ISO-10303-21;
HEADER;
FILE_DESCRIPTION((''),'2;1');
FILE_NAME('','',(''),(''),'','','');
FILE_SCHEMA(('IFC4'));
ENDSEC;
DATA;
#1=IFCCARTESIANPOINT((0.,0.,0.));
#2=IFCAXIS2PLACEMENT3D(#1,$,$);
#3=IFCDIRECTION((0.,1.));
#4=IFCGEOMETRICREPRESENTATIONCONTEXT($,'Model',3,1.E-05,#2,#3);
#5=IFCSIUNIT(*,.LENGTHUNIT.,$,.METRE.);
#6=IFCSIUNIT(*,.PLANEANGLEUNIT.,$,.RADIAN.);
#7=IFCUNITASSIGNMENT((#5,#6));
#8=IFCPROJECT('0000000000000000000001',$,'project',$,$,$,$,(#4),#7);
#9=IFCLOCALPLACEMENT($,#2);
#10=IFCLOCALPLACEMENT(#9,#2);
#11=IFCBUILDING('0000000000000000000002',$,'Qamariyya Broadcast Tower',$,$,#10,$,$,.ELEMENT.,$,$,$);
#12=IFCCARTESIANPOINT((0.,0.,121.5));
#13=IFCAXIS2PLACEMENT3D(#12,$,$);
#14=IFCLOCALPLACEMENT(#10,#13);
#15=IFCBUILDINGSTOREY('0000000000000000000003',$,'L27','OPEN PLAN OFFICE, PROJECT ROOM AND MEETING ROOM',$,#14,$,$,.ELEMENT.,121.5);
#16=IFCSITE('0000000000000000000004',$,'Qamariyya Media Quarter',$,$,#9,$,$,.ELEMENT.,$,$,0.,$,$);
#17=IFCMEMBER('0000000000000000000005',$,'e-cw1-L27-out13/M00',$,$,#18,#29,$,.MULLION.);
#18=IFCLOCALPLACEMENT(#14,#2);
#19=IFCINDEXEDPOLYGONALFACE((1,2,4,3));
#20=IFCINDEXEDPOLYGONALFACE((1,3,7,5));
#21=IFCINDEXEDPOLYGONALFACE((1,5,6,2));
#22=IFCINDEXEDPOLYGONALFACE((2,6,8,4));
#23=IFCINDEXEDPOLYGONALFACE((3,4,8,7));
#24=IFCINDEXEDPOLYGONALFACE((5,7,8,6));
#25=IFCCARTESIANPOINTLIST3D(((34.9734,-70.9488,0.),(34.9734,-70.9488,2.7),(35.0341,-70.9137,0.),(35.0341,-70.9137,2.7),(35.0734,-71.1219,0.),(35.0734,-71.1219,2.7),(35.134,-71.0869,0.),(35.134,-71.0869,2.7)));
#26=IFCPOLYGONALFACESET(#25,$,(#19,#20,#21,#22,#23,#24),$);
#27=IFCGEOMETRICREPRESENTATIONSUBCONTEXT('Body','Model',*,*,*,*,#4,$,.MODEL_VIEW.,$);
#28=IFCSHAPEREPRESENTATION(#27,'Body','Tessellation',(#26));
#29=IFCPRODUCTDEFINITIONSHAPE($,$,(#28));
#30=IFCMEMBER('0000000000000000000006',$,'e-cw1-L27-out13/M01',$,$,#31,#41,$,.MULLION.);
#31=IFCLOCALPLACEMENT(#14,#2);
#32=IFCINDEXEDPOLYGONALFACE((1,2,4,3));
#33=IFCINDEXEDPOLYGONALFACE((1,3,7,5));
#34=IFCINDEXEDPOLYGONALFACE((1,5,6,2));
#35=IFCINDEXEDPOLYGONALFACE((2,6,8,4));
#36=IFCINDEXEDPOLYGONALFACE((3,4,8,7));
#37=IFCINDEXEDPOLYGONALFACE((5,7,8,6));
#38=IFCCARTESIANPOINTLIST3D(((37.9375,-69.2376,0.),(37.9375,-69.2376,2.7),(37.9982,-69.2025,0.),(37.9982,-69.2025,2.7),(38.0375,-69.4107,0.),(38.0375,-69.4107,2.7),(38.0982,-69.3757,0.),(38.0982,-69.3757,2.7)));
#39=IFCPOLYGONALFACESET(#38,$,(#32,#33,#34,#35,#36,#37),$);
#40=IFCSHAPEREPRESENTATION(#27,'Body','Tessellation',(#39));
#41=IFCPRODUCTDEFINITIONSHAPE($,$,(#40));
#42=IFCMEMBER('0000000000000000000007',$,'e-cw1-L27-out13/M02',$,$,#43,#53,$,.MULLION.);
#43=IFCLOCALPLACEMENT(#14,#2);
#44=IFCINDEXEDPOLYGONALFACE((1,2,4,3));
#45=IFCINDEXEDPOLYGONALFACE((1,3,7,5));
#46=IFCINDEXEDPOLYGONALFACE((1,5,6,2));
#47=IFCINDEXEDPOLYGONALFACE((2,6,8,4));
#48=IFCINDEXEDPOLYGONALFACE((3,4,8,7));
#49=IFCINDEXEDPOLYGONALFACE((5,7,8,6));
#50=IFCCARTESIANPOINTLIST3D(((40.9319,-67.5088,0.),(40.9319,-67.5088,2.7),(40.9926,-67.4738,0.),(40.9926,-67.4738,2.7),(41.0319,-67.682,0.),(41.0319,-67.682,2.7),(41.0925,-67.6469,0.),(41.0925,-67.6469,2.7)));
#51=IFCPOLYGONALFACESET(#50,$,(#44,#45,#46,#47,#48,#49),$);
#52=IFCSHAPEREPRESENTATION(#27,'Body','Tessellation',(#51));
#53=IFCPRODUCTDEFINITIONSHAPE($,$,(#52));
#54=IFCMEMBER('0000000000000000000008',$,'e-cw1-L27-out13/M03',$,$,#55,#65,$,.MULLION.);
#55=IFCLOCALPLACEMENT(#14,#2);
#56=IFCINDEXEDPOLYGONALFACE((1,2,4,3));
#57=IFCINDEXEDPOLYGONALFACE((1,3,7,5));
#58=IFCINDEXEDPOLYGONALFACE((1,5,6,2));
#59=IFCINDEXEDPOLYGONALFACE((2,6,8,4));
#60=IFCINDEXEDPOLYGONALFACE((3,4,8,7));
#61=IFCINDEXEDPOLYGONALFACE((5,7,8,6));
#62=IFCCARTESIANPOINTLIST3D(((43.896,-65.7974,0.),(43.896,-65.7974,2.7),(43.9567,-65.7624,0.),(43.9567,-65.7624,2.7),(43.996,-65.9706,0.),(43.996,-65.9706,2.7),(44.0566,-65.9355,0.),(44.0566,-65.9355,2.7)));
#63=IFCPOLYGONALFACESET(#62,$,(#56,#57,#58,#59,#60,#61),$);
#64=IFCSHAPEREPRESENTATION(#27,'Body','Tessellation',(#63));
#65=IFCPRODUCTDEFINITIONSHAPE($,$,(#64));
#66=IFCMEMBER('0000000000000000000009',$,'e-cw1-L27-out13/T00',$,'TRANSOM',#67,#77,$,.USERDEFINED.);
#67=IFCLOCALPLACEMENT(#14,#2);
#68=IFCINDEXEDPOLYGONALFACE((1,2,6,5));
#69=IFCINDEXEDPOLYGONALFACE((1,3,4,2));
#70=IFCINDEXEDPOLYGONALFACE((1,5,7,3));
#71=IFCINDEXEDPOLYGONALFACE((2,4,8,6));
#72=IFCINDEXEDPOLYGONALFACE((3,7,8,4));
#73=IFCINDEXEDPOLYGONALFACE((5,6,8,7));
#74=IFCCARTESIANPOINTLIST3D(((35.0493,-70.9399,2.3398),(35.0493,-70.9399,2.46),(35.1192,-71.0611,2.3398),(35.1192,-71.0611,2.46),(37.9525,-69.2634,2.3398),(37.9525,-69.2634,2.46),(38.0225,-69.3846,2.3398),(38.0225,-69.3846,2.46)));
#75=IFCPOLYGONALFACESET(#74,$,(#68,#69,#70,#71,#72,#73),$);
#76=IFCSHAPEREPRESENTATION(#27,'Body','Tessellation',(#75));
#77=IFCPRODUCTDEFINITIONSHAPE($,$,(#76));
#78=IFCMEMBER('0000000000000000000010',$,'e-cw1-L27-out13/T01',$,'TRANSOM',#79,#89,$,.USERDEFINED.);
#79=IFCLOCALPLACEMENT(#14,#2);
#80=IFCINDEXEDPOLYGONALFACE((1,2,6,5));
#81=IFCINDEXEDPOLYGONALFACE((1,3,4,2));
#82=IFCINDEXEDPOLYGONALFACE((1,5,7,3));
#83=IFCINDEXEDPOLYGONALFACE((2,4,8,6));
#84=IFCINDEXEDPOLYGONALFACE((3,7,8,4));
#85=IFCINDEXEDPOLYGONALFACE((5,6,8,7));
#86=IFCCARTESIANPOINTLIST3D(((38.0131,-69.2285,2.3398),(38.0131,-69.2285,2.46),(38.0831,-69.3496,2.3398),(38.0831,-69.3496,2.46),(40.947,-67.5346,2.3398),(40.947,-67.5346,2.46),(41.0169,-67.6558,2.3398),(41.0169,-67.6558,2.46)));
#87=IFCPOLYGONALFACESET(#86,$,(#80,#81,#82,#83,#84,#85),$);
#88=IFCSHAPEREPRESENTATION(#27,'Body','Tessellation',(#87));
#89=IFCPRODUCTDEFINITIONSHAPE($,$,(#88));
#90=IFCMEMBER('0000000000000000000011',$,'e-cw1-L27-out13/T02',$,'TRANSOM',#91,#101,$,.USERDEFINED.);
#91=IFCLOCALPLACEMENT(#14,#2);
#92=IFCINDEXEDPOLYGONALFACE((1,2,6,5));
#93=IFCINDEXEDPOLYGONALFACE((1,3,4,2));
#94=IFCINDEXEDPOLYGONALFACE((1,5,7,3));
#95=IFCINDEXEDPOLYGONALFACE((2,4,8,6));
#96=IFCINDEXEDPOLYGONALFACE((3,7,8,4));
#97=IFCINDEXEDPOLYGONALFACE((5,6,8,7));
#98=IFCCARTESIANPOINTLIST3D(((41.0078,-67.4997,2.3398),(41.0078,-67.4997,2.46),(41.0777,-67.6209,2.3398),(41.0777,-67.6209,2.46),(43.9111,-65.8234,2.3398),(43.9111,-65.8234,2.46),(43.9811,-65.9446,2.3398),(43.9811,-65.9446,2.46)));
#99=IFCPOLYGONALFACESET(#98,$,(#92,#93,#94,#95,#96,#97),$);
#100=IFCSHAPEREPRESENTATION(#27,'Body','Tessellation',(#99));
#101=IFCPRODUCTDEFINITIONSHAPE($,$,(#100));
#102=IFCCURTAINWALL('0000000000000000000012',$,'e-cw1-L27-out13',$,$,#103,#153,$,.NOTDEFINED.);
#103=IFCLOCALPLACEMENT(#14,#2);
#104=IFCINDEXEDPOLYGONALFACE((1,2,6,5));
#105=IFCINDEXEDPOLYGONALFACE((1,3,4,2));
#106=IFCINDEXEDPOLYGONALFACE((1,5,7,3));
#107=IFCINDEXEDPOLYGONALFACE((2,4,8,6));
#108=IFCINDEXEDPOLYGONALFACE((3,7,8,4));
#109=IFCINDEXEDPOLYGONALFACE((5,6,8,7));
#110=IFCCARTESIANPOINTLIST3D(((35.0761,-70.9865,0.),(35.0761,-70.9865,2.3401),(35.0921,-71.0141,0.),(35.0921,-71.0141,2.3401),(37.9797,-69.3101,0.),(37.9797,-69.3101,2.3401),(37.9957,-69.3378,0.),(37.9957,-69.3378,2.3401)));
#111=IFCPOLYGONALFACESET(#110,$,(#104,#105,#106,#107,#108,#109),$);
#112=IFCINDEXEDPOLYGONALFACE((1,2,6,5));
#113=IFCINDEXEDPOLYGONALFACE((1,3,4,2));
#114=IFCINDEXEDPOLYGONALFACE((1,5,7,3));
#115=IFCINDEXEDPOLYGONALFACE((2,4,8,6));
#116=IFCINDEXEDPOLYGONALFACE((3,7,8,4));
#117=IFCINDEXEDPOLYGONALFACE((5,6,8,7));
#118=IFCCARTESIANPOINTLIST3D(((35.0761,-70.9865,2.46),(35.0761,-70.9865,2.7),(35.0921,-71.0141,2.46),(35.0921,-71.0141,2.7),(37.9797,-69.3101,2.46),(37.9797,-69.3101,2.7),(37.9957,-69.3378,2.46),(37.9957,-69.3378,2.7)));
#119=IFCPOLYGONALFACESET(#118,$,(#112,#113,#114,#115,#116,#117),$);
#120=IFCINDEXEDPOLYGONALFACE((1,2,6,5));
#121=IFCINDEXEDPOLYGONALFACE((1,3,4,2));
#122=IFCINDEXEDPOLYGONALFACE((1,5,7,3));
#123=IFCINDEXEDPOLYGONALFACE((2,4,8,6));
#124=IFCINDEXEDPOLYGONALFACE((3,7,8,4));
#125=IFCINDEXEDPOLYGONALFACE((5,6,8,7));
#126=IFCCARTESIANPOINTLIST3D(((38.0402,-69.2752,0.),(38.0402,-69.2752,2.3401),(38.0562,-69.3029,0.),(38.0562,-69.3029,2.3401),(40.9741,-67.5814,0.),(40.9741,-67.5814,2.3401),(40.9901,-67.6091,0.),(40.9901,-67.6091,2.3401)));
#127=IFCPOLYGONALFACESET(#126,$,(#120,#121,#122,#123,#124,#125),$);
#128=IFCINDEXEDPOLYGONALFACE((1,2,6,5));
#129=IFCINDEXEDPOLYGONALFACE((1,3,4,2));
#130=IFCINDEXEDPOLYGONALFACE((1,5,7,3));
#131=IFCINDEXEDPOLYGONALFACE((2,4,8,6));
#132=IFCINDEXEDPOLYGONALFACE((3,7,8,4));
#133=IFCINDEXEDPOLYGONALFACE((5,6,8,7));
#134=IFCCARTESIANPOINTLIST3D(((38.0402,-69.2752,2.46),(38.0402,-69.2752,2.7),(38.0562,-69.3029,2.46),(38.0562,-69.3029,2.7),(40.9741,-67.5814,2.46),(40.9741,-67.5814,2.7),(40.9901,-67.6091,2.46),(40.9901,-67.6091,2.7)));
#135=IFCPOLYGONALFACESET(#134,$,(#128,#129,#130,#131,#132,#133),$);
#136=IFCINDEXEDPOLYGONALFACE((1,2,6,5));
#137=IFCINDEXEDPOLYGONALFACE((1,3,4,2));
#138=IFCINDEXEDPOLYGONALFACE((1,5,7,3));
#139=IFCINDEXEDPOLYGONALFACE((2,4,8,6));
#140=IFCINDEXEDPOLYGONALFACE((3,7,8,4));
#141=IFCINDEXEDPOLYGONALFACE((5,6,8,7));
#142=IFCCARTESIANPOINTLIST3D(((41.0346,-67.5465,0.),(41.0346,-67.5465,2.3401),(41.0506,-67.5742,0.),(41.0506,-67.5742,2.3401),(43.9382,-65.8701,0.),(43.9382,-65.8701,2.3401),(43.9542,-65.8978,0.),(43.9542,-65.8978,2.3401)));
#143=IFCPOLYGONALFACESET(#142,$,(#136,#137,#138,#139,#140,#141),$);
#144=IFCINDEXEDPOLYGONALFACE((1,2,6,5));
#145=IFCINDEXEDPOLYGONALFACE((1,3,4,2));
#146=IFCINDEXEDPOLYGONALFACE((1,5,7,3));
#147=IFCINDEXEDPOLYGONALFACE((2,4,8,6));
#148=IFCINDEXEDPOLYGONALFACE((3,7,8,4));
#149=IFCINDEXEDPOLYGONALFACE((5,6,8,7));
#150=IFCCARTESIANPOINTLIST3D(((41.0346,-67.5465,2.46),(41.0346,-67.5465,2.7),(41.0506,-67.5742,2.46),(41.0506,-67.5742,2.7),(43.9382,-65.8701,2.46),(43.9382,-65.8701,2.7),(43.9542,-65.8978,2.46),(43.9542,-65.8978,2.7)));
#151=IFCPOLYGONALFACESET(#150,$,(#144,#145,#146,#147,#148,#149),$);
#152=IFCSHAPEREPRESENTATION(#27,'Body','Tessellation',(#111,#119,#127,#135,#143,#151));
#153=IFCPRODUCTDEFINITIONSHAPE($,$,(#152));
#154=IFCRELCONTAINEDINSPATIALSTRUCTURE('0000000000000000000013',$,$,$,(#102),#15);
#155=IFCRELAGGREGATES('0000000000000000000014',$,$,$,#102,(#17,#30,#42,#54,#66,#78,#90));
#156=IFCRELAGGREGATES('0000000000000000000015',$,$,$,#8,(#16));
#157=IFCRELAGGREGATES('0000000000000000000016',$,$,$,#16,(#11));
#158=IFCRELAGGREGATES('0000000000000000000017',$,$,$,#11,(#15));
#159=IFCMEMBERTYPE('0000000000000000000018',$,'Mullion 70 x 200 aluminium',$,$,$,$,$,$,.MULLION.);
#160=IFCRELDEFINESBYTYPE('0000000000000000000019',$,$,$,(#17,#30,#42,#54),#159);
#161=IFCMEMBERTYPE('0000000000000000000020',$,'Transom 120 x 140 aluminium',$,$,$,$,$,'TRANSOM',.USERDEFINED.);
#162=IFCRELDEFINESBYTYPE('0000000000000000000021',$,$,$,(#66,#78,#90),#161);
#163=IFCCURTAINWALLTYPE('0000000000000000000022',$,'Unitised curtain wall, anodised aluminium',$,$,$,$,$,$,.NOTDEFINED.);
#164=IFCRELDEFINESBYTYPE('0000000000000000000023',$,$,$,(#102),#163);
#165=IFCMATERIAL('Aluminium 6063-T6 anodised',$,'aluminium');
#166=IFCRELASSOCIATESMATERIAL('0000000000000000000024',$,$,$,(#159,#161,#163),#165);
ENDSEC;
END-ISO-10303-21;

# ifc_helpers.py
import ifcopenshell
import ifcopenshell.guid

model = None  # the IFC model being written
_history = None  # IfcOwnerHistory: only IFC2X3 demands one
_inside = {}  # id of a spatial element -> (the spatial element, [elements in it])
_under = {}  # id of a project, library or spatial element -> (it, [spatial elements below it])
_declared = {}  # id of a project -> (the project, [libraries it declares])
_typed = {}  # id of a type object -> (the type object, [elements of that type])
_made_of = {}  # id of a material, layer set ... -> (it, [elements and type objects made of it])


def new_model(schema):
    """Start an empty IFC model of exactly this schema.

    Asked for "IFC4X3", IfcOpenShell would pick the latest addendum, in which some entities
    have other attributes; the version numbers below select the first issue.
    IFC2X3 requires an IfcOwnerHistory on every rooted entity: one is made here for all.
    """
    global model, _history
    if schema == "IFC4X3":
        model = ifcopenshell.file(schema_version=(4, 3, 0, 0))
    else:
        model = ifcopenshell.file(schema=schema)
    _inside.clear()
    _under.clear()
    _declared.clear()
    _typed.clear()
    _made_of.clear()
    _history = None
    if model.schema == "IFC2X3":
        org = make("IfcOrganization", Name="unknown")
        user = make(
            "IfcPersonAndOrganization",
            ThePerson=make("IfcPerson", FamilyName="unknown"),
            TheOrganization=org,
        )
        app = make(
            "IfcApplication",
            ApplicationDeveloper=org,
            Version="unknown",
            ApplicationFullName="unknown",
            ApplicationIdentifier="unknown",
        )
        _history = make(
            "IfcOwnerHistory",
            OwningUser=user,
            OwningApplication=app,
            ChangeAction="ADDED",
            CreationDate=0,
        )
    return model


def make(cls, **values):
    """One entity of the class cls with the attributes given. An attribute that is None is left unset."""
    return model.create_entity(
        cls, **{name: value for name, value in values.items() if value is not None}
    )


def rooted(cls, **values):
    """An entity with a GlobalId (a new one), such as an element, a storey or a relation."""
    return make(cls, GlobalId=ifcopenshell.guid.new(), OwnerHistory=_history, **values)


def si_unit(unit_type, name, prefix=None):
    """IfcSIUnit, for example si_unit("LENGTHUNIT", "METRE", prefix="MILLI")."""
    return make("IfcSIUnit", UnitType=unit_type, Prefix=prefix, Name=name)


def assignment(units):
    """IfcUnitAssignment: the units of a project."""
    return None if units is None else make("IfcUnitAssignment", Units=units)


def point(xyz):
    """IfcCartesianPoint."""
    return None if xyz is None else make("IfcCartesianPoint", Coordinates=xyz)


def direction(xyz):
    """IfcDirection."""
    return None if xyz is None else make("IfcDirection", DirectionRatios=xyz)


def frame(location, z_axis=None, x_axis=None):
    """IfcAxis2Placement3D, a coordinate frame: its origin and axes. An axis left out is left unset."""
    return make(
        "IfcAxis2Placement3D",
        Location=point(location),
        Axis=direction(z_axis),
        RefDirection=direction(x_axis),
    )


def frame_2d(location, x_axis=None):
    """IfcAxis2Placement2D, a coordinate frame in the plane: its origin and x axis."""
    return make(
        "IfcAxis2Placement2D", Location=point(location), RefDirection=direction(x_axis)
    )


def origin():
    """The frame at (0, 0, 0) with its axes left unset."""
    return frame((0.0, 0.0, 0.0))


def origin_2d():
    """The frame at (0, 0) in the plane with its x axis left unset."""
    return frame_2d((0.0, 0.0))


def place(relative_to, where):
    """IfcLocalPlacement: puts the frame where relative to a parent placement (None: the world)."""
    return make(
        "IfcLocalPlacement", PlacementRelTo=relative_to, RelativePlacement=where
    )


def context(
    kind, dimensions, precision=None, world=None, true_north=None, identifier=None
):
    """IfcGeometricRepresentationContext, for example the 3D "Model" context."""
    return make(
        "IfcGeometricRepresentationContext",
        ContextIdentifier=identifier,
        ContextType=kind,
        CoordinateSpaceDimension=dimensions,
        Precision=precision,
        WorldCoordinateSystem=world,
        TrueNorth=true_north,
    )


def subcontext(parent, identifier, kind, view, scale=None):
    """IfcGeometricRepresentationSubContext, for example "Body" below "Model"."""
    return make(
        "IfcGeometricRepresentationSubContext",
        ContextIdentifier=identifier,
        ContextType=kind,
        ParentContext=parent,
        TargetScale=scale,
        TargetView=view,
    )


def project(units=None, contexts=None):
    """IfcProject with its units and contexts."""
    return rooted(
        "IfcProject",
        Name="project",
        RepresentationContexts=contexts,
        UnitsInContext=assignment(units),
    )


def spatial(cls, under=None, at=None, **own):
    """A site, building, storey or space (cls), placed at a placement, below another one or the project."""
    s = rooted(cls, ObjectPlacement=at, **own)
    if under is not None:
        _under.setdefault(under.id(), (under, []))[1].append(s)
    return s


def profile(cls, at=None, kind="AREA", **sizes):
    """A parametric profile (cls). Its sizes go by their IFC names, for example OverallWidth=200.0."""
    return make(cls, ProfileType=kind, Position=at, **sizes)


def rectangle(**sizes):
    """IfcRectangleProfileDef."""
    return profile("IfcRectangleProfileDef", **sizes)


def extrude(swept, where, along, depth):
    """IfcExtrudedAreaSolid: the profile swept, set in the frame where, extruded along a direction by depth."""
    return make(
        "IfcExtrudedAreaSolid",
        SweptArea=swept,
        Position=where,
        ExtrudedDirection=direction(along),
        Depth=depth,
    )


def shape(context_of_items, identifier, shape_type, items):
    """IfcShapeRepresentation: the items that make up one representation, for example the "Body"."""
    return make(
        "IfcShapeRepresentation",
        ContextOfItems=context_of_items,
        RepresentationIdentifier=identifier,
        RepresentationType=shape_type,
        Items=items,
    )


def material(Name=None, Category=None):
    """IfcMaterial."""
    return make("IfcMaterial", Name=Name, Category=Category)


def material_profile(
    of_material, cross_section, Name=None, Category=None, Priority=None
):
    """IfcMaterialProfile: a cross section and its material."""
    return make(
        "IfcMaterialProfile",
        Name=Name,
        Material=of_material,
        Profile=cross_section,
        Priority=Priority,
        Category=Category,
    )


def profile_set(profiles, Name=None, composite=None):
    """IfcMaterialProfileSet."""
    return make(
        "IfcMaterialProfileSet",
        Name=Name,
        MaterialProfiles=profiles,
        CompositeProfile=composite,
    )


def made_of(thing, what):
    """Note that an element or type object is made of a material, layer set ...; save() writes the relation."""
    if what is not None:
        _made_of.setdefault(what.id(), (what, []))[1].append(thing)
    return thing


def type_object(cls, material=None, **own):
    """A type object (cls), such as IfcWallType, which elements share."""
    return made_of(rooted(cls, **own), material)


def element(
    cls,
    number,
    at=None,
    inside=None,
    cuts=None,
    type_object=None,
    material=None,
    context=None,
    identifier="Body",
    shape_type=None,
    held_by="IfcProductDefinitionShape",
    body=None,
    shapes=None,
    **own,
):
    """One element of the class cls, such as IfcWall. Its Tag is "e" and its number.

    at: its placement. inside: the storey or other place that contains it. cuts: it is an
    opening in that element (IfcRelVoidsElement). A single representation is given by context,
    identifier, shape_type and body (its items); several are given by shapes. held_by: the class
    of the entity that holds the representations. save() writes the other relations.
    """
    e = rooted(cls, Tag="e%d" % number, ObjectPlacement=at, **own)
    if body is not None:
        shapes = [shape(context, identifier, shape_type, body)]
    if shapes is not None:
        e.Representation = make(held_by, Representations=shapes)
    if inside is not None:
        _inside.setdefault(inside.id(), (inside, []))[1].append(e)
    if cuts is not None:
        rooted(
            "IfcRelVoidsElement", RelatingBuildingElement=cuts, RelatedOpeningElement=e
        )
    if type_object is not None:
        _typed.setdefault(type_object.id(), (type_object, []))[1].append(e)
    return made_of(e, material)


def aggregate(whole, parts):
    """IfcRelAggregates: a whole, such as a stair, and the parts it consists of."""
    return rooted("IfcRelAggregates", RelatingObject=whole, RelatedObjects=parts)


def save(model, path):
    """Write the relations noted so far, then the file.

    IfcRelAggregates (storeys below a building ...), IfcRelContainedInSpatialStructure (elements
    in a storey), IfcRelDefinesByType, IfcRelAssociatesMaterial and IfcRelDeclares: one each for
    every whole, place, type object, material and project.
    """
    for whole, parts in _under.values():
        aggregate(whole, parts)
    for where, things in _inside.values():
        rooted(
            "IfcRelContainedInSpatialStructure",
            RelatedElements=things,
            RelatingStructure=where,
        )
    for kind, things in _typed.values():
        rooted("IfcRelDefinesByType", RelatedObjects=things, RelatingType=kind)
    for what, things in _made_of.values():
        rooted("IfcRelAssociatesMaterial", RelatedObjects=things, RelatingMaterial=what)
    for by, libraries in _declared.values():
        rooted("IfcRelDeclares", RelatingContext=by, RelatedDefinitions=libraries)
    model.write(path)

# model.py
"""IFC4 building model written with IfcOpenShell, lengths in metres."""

from ifc_helpers import new_model, si_unit, direction, frame, origin, origin_2d, place, context, subcontext, project, spatial, rectangle, extrude, material, material_profile, profile_set, type_object, element, aggregate, save


model = new_model("IFC4")

# Units and contexts
model_context = context("Model", 3, precision=1e-05, world=origin(), true_north=direction((0.0, 1.0)))
body_context = subcontext(model_context, "Body", "Model", "MODEL_VIEW")
ifc_project = project(units=[si_unit("LENGTHUNIT", "METRE"), si_unit("PLANEANGLEUNIT", "RADIAN")], contexts=[model_context])

# Members
ifc_material_1 = material(Name="Aluminium 6063-T6 anodised", Category="aluminium")
ifc_material_profile_1 = material_profile(ifc_material_1, rectangle(XDim=0.2, YDim=0.0701, at=origin_2d()))
ifc_profile_set_1 = profile_set([ifc_material_profile_1], Name="Aluminium 6063-T6 anodised")
member_type_1 = type_object("IfcMemberType", Name="Mullion 70 x 200 aluminium", PredefinedType="MULLION", material=ifc_profile_set_1)
site_placement = place(None, origin())
building_placement = place(site_placement, origin())
storey_placement = place(building_placement, frame((0.0, 0.0, 121.5)))
member_1_placement = place(storey_placement, frame((35.0537, -71.0178, 0.0), z_axis=(0.0, 0.0, 1.0), x_axis=(-0.5, 0.866025, 0.0)))
member_1 = element("IfcMember", 1, at=member_1_placement, type_object=member_type_1, Name="e-cw1-L27-out13/M00", PredefinedType="MULLION", context=body_context, shape_type="SweptSolid", body=[
    extrude(rectangle(XDim=0.2, YDim=0.0701, at=origin_2d()), origin(), (0.0, 0.0, 1.0), 2.7),
])
member_2_placement = place(storey_placement, frame((38.0178, -69.3066, 0.0), z_axis=(0.0, 0.0, 1.0), x_axis=(-0.5, 0.866025, 0.0)))
member_2 = element("IfcMember", 2, at=member_2_placement, type_object=member_type_1, Name="e-cw1-L27-out13/M01", PredefinedType="MULLION", context=body_context, shape_type="SweptSolid", body=[
    extrude(rectangle(XDim=0.2, YDim=0.0701, at=origin_2d()), origin(), (0.0, 0.0, 1.0), 2.7),
])
member_3_placement = place(storey_placement, frame((41.0122, -67.5779, 0.0), z_axis=(0.0, 0.0, 1.0), x_axis=(-0.5, 0.866025, 0.0)))
member_3 = element("IfcMember", 3, at=member_3_placement, type_object=member_type_1, Name="e-cw1-L27-out13/M02", PredefinedType="MULLION", context=body_context, shape_type="SweptSolid", body=[
    extrude(rectangle(XDim=0.2, YDim=0.0701, at=origin_2d()), origin(), (0.0, 0.0, 1.0), 2.7),
])
member_4_placement = place(storey_placement, frame((43.9763, -65.8665, 0.0), z_axis=(0.0, 0.0, 1.0), x_axis=(-0.5, 0.866025, 0.0)))
member_4 = element("IfcMember", 4, at=member_4_placement, type_object=member_type_1, Name="e-cw1-L27-out13/M03", PredefinedType="MULLION", context=body_context, shape_type="SweptSolid", body=[
    extrude(rectangle(XDim=0.2, YDim=0.0701, at=origin_2d()), origin(), (0.0, 0.0, 1.0), 2.7),
])
ifc_material_profile_2 = material_profile(ifc_material_1, rectangle(XDim=0.1399, YDim=0.1201, at=origin_2d()))
ifc_profile_set_2 = profile_set([ifc_material_profile_2], Name="Aluminium 6063-T6 anodised")
member_type_2 = type_object("IfcMemberType", Name="Transom 120 x 140 aluminium", ElementType="TRANSOM", PredefinedType="USERDEFINED", material=ifc_profile_set_2)
member_5_placement = place(storey_placement, frame((35.0842, -71.0005, 2.3999), z_axis=(0.865989, 0.500063, 0.0), x_axis=(-0.500063, 0.865989, 0.0)))
member_5 = element("IfcMember", 5, at=member_5_placement, type_object=member_type_2, Name="e-cw1-L27-out13/T00", ObjectType="TRANSOM", PredefinedType="USERDEFINED", context=body_context, shape_type="SweptSolid", body=[
    extrude(rectangle(XDim=0.1399, YDim=0.1201, at=origin_2d()), origin(), (0.0, 0.0, 1.0), 3.3525),
])
member_6_placement = place(storey_placement, frame((38.0481, -69.2891, 2.3999), z_axis=(0.866026, 0.499999, 0.0), x_axis=(-0.499999, 0.866026, 0.0)))
member_6 = element("IfcMember", 6, at=member_6_placement, type_object=member_type_2, Name="e-cw1-L27-out13/T01", ObjectType="TRANSOM", PredefinedType="USERDEFINED", context=body_context, shape_type="SweptSolid", body=[
    extrude(rectangle(XDim=0.1399, YDim=0.1201, at=origin_2d()), origin(), (0.0, 0.0, 1.0), 3.3877),
])
member_7_placement = place(storey_placement, frame((41.0427, -67.5603, 2.3999), z_axis=(0.866021, 0.500008, 0.0), x_axis=(-0.500008, 0.866021, 0.0)))
member_7 = element("IfcMember", 7, at=member_7_placement, type_object=member_type_2, Name="e-cw1-L27-out13/T02", ObjectType="TRANSOM", PredefinedType="USERDEFINED", context=body_context, shape_type="SweptSolid", body=[
    extrude(rectangle(XDim=0.1399, YDim=0.1201, at=origin_2d()), origin(), (0.0, 0.0, 1.0), 3.3525),
])

# Site, building, storey
site = spatial("IfcSite", under=ifc_project, at=site_placement, Name="Qamariyya Media Quarter", CompositionType="ELEMENT", RefElevation=0.0)
building = spatial("IfcBuilding", under=site, at=building_placement, Name="Qamariyya Broadcast Tower", CompositionType="ELEMENT")
storey = spatial("IfcBuildingStorey", under=building, at=storey_placement, Name="L27", Description="OPEN PLAN OFFICE, PROJECT ROOM AND MEETING ROOM", CompositionType="ELEMENT", Elevation=121.5)

# Curtain wall
curtain_wall_type = type_object("IfcCurtainWallType", Name="Unitised curtain wall, anodised aluminium", PredefinedType="NOTDEFINED", material=ifc_material_1)
curtain_wall_1_placement = place(storey_placement, origin())
curtain_wall_1 = element("IfcCurtainWall", 8, at=curtain_wall_1_placement, inside=storey, type_object=curtain_wall_type, Name="e-cw1-L27-out13", PredefinedType="NOTDEFINED", context=body_context, shape_type="SweptSolid", body=[
    extrude(rectangle(XDim=3.3528, YDim=0.032, at=origin_2d()), frame((36.5359, -70.1621, 0.0), x_axis=(0.866027, 0.499997, 0.0)), (0.0, 0.0, 1.0), 2.3401),
    extrude(rectangle(XDim=3.3528, YDim=0.032, at=origin_2d()), frame((36.5359, -70.1621, 2.46), x_axis=(0.866027, 0.499997, 0.0)), (0.0, 0.0, 1.0), 0.24),
    extrude(rectangle(XDim=3.3877, YDim=0.032, at=origin_2d()), frame((39.5151, -68.4421, 0.0), x_axis=(0.866027, 0.499997, 0.0)), (0.0, 0.0, 1.0), 2.3401),
    extrude(rectangle(XDim=3.3877, YDim=0.032, at=origin_2d()), frame((39.5151, -68.4421, 2.46), x_axis=(0.866027, 0.499997, 0.0)), (0.0, 0.0, 1.0), 0.24),
    extrude(rectangle(XDim=3.3528, YDim=0.032, at=origin_2d()), frame((42.4944, -66.7222, 0.0), x_axis=(0.866027, 0.499997, 0.0)), (0.0, 0.0, 1.0), 2.3401),
    extrude(rectangle(XDim=3.3528, YDim=0.032, at=origin_2d()), frame((42.4944, -66.7222, 2.46), x_axis=(0.866027, 0.499997, 0.0)), (0.0, 0.0, 1.0), 0.24),
])
aggregate(curtain_wall_1, [member_1, member_2, member_3, member_4, member_5, member_6, member_7])

save(model, "model.ifc")
